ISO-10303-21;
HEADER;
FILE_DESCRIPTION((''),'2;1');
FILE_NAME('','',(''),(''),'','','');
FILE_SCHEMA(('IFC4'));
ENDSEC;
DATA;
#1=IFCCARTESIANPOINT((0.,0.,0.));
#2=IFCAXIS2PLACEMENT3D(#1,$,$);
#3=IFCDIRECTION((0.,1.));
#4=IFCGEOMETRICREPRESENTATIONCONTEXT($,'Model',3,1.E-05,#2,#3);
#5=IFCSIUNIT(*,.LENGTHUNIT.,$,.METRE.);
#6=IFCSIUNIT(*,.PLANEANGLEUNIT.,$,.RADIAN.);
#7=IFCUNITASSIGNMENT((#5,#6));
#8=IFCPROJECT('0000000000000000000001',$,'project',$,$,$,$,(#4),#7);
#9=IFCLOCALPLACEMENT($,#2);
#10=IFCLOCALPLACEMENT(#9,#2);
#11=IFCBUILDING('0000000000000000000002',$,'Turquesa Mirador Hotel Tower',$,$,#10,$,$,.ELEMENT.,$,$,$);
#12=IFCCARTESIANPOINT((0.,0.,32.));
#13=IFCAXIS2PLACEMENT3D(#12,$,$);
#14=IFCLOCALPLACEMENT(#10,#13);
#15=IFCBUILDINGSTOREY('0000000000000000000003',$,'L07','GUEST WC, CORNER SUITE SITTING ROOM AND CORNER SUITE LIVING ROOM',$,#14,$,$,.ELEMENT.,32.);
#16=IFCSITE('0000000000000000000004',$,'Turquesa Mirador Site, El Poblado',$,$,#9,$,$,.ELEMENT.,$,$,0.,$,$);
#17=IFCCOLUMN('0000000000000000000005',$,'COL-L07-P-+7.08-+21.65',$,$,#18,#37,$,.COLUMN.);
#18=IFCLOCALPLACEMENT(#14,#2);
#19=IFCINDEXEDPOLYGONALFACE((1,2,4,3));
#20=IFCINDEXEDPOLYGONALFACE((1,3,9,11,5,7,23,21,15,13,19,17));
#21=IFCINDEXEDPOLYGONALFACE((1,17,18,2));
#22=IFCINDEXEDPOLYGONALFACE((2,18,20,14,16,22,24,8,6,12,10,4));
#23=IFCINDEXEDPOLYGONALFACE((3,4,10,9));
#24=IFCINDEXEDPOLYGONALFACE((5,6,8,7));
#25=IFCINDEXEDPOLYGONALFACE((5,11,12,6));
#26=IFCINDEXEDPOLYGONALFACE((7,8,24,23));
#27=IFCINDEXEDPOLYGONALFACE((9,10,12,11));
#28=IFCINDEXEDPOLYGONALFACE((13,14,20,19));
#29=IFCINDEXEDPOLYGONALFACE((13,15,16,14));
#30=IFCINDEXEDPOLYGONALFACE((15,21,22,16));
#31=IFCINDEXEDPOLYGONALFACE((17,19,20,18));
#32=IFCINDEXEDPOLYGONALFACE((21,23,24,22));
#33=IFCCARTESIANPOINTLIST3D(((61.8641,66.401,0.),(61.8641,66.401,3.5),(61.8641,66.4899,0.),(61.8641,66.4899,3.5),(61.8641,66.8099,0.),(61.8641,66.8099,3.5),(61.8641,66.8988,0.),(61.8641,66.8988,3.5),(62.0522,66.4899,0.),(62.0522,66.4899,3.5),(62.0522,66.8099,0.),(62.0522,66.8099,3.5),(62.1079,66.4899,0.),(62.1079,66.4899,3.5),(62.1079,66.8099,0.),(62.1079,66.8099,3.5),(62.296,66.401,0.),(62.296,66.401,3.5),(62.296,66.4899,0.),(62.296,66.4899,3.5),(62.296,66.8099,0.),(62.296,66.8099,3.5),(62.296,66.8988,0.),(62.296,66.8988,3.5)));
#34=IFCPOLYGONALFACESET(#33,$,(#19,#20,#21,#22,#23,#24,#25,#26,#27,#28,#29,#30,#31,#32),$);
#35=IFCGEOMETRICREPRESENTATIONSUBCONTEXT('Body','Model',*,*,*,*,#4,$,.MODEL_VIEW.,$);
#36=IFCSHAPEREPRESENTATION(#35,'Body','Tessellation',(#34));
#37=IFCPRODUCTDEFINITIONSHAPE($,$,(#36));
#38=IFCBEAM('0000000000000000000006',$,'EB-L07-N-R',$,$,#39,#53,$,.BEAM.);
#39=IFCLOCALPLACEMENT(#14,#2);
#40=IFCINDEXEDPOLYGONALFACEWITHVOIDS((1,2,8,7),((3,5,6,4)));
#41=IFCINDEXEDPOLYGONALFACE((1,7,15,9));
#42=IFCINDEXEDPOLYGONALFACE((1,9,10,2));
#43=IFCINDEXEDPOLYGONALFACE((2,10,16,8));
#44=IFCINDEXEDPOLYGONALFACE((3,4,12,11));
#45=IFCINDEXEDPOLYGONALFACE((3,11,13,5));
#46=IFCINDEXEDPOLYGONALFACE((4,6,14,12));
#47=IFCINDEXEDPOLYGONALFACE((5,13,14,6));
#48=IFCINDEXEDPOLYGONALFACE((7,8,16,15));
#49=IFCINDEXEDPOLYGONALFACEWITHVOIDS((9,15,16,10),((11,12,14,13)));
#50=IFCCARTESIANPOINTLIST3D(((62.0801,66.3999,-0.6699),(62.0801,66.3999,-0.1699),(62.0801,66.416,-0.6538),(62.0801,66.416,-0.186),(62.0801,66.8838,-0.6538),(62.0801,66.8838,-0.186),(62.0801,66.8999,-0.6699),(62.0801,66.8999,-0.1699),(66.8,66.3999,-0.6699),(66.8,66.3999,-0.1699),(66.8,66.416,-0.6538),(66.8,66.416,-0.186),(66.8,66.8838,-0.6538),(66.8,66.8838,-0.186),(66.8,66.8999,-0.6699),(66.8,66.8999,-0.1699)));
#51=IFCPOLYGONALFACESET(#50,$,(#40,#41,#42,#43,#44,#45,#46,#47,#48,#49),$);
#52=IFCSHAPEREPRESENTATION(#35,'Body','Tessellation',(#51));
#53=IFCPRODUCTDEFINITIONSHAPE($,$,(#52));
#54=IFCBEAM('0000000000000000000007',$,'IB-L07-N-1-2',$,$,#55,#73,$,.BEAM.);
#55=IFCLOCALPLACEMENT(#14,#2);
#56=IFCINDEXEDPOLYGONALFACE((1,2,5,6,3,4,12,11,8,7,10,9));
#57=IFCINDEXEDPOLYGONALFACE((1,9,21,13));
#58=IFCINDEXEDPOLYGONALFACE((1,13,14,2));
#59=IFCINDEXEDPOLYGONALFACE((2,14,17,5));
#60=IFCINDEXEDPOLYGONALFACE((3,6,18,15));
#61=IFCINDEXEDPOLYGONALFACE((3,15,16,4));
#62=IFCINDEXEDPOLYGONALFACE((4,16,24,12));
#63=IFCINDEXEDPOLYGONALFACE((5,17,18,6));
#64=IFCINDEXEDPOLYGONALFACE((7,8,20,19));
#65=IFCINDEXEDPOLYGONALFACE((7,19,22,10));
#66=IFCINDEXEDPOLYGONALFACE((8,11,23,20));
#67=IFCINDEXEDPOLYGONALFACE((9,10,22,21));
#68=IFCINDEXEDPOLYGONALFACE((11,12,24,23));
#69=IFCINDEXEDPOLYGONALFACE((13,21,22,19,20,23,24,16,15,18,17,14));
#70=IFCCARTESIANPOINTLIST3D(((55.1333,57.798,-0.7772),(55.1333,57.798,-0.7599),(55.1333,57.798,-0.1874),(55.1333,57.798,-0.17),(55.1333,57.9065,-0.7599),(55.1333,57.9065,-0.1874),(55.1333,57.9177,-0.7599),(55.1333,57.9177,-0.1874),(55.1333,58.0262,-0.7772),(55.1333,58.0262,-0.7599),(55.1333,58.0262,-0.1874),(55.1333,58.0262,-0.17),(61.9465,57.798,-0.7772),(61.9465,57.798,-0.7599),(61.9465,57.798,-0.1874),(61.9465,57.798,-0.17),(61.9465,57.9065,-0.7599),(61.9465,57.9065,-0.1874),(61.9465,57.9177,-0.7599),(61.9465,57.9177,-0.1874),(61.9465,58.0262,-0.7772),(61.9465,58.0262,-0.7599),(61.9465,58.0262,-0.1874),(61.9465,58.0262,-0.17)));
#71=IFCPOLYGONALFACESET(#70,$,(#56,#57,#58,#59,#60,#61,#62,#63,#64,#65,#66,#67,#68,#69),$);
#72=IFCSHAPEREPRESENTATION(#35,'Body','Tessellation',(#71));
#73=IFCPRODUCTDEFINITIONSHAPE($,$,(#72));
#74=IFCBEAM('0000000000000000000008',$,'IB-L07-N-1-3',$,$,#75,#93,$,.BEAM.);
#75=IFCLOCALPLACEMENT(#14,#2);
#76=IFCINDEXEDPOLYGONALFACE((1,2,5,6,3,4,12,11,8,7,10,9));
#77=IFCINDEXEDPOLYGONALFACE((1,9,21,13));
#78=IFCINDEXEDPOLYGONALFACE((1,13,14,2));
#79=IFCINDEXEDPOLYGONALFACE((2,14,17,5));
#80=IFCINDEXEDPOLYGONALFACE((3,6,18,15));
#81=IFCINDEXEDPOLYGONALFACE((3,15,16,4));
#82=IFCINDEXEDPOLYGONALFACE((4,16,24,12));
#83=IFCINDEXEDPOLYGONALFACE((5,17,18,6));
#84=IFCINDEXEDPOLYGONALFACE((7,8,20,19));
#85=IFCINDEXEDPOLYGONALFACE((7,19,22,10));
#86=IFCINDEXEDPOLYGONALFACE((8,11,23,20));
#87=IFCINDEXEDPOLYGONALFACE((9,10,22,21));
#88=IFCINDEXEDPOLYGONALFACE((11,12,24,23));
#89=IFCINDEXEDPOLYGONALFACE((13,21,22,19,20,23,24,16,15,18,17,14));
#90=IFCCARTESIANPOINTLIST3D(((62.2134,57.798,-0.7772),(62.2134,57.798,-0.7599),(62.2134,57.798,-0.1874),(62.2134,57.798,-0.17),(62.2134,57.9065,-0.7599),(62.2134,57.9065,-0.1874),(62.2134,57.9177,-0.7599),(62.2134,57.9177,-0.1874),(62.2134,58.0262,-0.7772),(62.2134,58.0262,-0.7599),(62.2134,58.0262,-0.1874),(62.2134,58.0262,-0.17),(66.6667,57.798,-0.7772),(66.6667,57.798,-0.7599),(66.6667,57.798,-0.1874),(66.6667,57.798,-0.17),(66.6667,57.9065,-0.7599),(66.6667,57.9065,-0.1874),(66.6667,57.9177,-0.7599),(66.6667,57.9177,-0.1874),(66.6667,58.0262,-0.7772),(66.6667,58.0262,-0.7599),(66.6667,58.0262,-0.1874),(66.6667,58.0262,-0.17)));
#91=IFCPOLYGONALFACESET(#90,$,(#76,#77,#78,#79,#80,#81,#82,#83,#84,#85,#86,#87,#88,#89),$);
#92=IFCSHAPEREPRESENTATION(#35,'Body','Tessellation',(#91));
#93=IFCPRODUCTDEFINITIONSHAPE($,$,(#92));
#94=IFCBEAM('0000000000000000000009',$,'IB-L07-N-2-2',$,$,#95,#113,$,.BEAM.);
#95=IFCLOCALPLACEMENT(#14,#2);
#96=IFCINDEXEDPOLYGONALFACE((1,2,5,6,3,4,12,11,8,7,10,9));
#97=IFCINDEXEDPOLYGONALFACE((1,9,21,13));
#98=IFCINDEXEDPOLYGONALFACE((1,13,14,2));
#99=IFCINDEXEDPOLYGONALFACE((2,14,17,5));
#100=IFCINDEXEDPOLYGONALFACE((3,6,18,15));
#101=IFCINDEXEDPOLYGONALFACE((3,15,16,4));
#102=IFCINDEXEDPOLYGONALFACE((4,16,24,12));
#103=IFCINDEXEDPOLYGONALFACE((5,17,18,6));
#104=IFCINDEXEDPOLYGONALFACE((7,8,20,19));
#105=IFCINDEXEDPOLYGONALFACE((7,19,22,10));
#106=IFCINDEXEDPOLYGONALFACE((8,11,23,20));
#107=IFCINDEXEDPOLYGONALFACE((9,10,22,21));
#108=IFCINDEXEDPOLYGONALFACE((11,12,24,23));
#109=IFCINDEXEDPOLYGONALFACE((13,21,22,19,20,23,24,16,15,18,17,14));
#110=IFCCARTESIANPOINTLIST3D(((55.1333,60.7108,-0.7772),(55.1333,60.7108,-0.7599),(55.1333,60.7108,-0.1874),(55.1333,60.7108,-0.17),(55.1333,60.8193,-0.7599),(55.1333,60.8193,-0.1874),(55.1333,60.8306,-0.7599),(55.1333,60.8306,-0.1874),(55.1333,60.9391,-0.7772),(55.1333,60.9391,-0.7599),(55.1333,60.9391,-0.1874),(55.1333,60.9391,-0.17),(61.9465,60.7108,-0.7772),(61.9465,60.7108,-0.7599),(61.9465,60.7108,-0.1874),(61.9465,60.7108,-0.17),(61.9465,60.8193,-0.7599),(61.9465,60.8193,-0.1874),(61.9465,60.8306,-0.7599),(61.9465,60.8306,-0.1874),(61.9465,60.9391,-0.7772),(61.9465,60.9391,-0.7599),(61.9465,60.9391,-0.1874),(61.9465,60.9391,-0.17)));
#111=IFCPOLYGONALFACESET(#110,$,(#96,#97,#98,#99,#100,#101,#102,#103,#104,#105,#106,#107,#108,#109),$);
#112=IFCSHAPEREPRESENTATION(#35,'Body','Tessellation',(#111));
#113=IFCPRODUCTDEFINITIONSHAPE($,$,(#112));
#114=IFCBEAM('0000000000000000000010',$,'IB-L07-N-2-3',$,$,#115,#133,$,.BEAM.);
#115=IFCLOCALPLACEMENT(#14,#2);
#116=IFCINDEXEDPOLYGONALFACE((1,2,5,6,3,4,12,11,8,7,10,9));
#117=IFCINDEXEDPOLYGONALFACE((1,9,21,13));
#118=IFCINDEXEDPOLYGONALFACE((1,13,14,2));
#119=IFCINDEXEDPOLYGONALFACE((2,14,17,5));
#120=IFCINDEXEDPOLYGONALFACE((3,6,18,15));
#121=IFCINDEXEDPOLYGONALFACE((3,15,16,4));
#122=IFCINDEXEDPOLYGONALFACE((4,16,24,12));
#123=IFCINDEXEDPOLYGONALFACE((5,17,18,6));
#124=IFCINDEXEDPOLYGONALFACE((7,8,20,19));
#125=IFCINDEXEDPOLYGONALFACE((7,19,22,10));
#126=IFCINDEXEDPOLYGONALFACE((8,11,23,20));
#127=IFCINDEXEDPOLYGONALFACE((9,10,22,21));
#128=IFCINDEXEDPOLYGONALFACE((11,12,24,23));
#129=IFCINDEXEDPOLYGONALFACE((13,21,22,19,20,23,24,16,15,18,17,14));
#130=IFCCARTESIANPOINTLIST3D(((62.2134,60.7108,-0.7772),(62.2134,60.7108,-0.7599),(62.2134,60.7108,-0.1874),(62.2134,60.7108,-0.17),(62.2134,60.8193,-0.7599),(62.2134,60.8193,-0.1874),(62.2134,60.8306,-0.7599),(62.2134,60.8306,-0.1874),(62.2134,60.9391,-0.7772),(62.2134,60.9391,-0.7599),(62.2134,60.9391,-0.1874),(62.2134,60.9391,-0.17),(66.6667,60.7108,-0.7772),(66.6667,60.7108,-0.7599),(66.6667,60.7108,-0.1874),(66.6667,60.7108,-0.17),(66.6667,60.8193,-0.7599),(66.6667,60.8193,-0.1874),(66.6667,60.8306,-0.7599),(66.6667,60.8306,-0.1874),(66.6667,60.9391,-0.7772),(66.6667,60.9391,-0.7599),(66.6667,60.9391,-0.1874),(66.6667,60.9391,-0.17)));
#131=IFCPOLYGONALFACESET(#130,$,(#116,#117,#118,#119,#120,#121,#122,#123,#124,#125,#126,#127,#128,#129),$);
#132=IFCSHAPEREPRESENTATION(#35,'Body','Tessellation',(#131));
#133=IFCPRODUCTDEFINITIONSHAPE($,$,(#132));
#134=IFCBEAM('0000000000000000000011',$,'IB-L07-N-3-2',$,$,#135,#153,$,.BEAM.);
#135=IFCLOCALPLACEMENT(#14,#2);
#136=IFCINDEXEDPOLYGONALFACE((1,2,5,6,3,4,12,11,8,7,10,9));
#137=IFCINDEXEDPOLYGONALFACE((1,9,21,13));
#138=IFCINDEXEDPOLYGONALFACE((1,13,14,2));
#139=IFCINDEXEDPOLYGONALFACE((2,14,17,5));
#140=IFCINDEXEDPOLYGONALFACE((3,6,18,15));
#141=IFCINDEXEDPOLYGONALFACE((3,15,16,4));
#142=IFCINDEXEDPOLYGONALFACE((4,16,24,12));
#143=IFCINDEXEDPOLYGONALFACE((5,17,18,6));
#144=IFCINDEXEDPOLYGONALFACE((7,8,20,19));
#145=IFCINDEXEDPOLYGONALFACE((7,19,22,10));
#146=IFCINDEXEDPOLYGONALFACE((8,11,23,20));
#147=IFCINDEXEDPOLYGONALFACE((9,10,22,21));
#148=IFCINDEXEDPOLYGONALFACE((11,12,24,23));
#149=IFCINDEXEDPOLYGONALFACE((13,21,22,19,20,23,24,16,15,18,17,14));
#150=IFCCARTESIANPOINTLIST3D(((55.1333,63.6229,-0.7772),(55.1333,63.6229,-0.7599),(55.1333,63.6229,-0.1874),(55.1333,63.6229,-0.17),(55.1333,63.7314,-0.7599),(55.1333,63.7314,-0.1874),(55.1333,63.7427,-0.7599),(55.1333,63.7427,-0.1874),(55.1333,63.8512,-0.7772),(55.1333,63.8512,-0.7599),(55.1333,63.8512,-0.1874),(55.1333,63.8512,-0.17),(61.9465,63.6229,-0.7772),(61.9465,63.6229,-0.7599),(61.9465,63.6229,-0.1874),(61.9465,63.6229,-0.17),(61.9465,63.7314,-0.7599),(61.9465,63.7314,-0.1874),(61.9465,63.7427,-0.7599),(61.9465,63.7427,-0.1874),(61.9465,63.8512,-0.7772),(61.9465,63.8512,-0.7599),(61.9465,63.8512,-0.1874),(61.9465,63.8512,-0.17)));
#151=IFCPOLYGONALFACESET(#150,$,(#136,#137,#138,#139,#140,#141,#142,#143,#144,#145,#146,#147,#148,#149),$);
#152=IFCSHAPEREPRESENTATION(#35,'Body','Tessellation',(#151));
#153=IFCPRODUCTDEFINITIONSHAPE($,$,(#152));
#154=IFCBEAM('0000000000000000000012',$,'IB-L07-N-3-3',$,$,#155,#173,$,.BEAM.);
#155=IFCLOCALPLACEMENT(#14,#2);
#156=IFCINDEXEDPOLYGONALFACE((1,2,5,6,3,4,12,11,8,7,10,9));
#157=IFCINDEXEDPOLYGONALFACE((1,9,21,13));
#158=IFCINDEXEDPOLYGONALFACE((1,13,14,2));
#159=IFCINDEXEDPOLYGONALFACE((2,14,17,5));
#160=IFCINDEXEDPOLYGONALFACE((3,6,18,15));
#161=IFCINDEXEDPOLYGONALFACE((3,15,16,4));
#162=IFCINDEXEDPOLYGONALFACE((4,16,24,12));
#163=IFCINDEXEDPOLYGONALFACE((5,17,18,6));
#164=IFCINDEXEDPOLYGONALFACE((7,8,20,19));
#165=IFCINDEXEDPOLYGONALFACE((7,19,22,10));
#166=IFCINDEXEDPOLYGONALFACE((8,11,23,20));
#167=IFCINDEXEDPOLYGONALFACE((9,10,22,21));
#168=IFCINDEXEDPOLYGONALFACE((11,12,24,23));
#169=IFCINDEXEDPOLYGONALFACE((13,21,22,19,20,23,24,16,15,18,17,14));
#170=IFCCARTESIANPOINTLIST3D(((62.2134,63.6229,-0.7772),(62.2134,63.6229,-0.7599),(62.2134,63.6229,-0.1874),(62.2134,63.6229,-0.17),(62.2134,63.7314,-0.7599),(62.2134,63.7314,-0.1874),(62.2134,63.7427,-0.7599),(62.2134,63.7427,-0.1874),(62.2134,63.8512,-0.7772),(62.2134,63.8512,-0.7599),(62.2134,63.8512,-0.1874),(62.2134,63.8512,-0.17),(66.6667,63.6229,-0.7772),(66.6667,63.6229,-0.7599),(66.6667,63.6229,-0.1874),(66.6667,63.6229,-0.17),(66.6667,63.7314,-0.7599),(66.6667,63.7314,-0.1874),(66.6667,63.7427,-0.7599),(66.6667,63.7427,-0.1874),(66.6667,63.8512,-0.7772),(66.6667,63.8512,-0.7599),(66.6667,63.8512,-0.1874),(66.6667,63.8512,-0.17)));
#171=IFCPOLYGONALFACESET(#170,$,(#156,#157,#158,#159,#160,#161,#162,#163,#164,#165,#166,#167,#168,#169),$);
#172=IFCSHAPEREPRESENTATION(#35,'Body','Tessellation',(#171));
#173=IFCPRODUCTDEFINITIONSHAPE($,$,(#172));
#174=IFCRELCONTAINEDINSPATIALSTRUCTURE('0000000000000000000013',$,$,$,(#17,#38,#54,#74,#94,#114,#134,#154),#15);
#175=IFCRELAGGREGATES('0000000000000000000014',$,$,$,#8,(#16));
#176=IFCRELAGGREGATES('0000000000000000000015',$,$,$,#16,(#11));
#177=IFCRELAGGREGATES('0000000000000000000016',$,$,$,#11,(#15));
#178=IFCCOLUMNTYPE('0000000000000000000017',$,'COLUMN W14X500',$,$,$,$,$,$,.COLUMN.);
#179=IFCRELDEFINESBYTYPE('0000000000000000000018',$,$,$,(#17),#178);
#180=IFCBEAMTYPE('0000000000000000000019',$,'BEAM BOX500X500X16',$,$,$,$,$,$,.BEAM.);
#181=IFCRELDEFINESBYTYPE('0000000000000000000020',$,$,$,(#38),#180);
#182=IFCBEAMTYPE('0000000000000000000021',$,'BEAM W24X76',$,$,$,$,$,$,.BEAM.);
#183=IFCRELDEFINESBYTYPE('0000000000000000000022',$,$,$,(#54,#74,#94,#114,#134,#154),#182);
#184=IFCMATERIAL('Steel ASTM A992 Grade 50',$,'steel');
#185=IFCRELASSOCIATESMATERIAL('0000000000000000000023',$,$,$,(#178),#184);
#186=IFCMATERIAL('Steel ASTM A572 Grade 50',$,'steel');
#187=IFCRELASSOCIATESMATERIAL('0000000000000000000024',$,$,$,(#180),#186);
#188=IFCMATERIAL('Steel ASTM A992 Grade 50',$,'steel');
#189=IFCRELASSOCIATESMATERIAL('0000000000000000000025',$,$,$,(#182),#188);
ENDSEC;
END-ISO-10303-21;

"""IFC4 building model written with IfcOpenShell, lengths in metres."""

from ifc_helpers import new_model, si_unit, direction, frame, origin, origin_2d, place, context, subcontext, project, spatial, hollow_rectangle, i_section, extrude, material, material_profile, profile_set, type_object, element, save


model = new_model("IFC4")

# Units and contexts
model_context = context("Model", 3, precision=1e-05, world=origin(), true_north=direction((0.0, 1.0)))
body_context = subcontext(model_context, "Body", "Model", "MODEL_VIEW")
ifc_project = project(units=[si_unit("LENGTHUNIT", "METRE"), si_unit("PLANEANGLEUNIT", "RADIAN")], contexts=[model_context])

# Site, building, storey
site_placement = place(None, origin())
site = spatial("IfcSite", under=ifc_project, at=site_placement, Name="Turquesa Mirador Site, El Poblado", CompositionType="ELEMENT", RefElevation=0.0)
building_placement = place(site_placement, origin())
building = spatial("IfcBuilding", under=site, at=building_placement, Name="Turquesa Mirador Hotel Tower", CompositionType="ELEMENT")
storey_placement = place(building_placement, frame((0.0, 0.0, 32.0)))
storey = spatial("IfcBuildingStorey", under=building, at=storey_placement, Name="L07", Description="GUEST WC, CORNER SUITE SITTING ROOM AND CORNER SUITE LIVING ROOM", CompositionType="ELEMENT", Elevation=32.0)

# Column
ifc_material_1 = material(Name="Steel ASTM A992 Grade 50", Category="steel")
ifc_material_profile_1 = material_profile(ifc_material_1, i_section(OverallWidth=0.4319, OverallDepth=0.4978, WebThickness=0.0557, FlangeThickness=0.0889, at=origin_2d()), Name="W14X500")
ifc_profile_set_1 = profile_set([ifc_material_profile_1], Name="Steel ASTM A992 Grade 50")
column_type = type_object("IfcColumnType", Name="COLUMN W14X500", PredefinedType="COLUMN", material=ifc_profile_set_1)
column_placement = place(storey_placement, frame((62.0801, 66.6499, 0.0), z_axis=(0.0, 0.0, 1.0), x_axis=(1.0, 0.0, 0.0)))
element("IfcColumn", 1, at=column_placement, inside=storey, type_object=column_type, Name="COL-L07-P-+7.08-+21.65", PredefinedType="COLUMN", context=body_context, shape_type="SweptSolid", body=[
    extrude(i_section(OverallWidth=0.4319, OverallDepth=0.4978, WebThickness=0.0557, FlangeThickness=0.0889, at=origin_2d()), origin(), (0.0, 0.0, 1.0), 3.5),
])

# Beams
ifc_material_2 = material(Name="Steel ASTM A572 Grade 50", Category="steel")
ifc_material_profile_2 = material_profile(ifc_material_2, hollow_rectangle(XDim=0.5, YDim=0.5, WallThickness=0.0161, at=origin_2d()), Name="BOX500X500X16")
ifc_profile_set_2 = profile_set([ifc_material_profile_2], Name="Steel ASTM A572 Grade 50")
beam_type_1 = type_object("IfcBeamType", Name="BEAM BOX500X500X16", PredefinedType="BEAM", material=ifc_profile_set_2)
beam_1_placement = place(storey_placement, frame((62.0801, 66.6499, -0.4199), z_axis=(1.0, 0.0, 0.0), x_axis=(0.0, 1.0, 0.0)))
element("IfcBeam", 2, at=beam_1_placement, inside=storey, type_object=beam_type_1, Name="EB-L07-N-R", PredefinedType="BEAM", context=body_context, shape_type="SweptSolid", body=[
    extrude(hollow_rectangle(XDim=0.5, YDim=0.5, WallThickness=0.0161, at=origin_2d()), origin(), (0.0, 0.0, 1.0), 4.72),
])
ifc_material_3 = material(Name="Steel ASTM A992 Grade 50", Category="steel")
ifc_material_profile_3 = material_profile(ifc_material_3, i_section(OverallWidth=0.2283, OverallDepth=0.6072, WebThickness=0.0112, FlangeThickness=0.0173, at=origin_2d()), Name="W24X76")
ifc_profile_set_3 = profile_set([ifc_material_profile_3], Name="Steel ASTM A992 Grade 50")
beam_type_2 = type_object("IfcBeamType", Name="BEAM W24X76", PredefinedType="BEAM", material=ifc_profile_set_3)
beam_2_placement = place(storey_placement, frame((55.1333, 57.9121, -0.4736), z_axis=(1.0, 0.0, 0.0), x_axis=(0.0, 1.0, 0.0)))
element("IfcBeam", 3, at=beam_2_placement, inside=storey, type_object=beam_type_2, Name="IB-L07-N-1-2", PredefinedType="BEAM", context=body_context, shape_type="SweptSolid", body=[
    extrude(i_section(OverallWidth=0.2283, OverallDepth=0.6072, WebThickness=0.0112, FlangeThickness=0.0173, at=origin_2d()), origin(), (0.0, 0.0, 1.0), 6.8132),
])
beam_3_placement = place(storey_placement, frame((62.2134, 57.9121, -0.4736), z_axis=(1.0, 0.0, 0.0), x_axis=(0.0, 1.0, 0.0)))
element("IfcBeam", 4, at=beam_3_placement, inside=storey, type_object=beam_type_2, Name="IB-L07-N-1-3", PredefinedType="BEAM", context=body_context, shape_type="SweptSolid", body=[
    extrude(i_section(OverallWidth=0.2283, OverallDepth=0.6072, WebThickness=0.0112, FlangeThickness=0.0173, at=origin_2d()), origin(), (0.0, 0.0, 1.0), 4.4534),
])
beam_4_placement = place(storey_placement, frame((55.1333, 60.825, -0.4736), z_axis=(1.0, 0.0, 0.0), x_axis=(0.0, 1.0, 0.0)))
element("IfcBeam", 5, at=beam_4_placement, inside=storey, type_object=beam_type_2, Name="IB-L07-N-2-2", PredefinedType="BEAM", context=body_context, shape_type="SweptSolid", body=[
    extrude(i_section(OverallWidth=0.2283, OverallDepth=0.6072, WebThickness=0.0112, FlangeThickness=0.0173, at=origin_2d()), origin(), (0.0, 0.0, 1.0), 6.8132),
])
beam_5_placement = place(storey_placement, frame((62.2134, 60.825, -0.4736), z_axis=(1.0, 0.0, 0.0), x_axis=(0.0, 1.0, 0.0)))
element("IfcBeam", 6, at=beam_5_placement, inside=storey, type_object=beam_type_2, Name="IB-L07-N-2-3", PredefinedType="BEAM", context=body_context, shape_type="SweptSolid", body=[
    extrude(i_section(OverallWidth=0.2283, OverallDepth=0.6072, WebThickness=0.0112, FlangeThickness=0.0173, at=origin_2d()), origin(), (0.0, 0.0, 1.0), 4.4534),
])
beam_6_placement = place(storey_placement, frame((55.1333, 63.7371, -0.4736), z_axis=(1.0, 0.0, 0.0), x_axis=(0.0, 1.0, 0.0)))
element("IfcBeam", 7, at=beam_6_placement, inside=storey, type_object=beam_type_2, Name="IB-L07-N-3-2", PredefinedType="BEAM", context=body_context, shape_type="SweptSolid", body=[
    extrude(i_section(OverallWidth=0.2283, OverallDepth=0.6072, WebThickness=0.0112, FlangeThickness=0.0173, at=origin_2d()), origin(), (0.0, 0.0, 1.0), 6.8132),
])
beam_7_placement = place(storey_placement, frame((62.2134, 63.7371, -0.4736), z_axis=(1.0, 0.0, 0.0), x_axis=(0.0, 1.0, 0.0)))
element("IfcBeam", 8, at=beam_7_placement, inside=storey, type_object=beam_type_2, Name="IB-L07-N-3-3", PredefinedType="BEAM", context=body_context, shape_type="SweptSolid", body=[
    extrude(i_section(OverallWidth=0.2283, OverallDepth=0.6072, WebThickness=0.0112, FlangeThickness=0.0173, at=origin_2d()), origin(), (0.0, 0.0, 1.0), 4.4534),
])

save(model, "model.ifc")
